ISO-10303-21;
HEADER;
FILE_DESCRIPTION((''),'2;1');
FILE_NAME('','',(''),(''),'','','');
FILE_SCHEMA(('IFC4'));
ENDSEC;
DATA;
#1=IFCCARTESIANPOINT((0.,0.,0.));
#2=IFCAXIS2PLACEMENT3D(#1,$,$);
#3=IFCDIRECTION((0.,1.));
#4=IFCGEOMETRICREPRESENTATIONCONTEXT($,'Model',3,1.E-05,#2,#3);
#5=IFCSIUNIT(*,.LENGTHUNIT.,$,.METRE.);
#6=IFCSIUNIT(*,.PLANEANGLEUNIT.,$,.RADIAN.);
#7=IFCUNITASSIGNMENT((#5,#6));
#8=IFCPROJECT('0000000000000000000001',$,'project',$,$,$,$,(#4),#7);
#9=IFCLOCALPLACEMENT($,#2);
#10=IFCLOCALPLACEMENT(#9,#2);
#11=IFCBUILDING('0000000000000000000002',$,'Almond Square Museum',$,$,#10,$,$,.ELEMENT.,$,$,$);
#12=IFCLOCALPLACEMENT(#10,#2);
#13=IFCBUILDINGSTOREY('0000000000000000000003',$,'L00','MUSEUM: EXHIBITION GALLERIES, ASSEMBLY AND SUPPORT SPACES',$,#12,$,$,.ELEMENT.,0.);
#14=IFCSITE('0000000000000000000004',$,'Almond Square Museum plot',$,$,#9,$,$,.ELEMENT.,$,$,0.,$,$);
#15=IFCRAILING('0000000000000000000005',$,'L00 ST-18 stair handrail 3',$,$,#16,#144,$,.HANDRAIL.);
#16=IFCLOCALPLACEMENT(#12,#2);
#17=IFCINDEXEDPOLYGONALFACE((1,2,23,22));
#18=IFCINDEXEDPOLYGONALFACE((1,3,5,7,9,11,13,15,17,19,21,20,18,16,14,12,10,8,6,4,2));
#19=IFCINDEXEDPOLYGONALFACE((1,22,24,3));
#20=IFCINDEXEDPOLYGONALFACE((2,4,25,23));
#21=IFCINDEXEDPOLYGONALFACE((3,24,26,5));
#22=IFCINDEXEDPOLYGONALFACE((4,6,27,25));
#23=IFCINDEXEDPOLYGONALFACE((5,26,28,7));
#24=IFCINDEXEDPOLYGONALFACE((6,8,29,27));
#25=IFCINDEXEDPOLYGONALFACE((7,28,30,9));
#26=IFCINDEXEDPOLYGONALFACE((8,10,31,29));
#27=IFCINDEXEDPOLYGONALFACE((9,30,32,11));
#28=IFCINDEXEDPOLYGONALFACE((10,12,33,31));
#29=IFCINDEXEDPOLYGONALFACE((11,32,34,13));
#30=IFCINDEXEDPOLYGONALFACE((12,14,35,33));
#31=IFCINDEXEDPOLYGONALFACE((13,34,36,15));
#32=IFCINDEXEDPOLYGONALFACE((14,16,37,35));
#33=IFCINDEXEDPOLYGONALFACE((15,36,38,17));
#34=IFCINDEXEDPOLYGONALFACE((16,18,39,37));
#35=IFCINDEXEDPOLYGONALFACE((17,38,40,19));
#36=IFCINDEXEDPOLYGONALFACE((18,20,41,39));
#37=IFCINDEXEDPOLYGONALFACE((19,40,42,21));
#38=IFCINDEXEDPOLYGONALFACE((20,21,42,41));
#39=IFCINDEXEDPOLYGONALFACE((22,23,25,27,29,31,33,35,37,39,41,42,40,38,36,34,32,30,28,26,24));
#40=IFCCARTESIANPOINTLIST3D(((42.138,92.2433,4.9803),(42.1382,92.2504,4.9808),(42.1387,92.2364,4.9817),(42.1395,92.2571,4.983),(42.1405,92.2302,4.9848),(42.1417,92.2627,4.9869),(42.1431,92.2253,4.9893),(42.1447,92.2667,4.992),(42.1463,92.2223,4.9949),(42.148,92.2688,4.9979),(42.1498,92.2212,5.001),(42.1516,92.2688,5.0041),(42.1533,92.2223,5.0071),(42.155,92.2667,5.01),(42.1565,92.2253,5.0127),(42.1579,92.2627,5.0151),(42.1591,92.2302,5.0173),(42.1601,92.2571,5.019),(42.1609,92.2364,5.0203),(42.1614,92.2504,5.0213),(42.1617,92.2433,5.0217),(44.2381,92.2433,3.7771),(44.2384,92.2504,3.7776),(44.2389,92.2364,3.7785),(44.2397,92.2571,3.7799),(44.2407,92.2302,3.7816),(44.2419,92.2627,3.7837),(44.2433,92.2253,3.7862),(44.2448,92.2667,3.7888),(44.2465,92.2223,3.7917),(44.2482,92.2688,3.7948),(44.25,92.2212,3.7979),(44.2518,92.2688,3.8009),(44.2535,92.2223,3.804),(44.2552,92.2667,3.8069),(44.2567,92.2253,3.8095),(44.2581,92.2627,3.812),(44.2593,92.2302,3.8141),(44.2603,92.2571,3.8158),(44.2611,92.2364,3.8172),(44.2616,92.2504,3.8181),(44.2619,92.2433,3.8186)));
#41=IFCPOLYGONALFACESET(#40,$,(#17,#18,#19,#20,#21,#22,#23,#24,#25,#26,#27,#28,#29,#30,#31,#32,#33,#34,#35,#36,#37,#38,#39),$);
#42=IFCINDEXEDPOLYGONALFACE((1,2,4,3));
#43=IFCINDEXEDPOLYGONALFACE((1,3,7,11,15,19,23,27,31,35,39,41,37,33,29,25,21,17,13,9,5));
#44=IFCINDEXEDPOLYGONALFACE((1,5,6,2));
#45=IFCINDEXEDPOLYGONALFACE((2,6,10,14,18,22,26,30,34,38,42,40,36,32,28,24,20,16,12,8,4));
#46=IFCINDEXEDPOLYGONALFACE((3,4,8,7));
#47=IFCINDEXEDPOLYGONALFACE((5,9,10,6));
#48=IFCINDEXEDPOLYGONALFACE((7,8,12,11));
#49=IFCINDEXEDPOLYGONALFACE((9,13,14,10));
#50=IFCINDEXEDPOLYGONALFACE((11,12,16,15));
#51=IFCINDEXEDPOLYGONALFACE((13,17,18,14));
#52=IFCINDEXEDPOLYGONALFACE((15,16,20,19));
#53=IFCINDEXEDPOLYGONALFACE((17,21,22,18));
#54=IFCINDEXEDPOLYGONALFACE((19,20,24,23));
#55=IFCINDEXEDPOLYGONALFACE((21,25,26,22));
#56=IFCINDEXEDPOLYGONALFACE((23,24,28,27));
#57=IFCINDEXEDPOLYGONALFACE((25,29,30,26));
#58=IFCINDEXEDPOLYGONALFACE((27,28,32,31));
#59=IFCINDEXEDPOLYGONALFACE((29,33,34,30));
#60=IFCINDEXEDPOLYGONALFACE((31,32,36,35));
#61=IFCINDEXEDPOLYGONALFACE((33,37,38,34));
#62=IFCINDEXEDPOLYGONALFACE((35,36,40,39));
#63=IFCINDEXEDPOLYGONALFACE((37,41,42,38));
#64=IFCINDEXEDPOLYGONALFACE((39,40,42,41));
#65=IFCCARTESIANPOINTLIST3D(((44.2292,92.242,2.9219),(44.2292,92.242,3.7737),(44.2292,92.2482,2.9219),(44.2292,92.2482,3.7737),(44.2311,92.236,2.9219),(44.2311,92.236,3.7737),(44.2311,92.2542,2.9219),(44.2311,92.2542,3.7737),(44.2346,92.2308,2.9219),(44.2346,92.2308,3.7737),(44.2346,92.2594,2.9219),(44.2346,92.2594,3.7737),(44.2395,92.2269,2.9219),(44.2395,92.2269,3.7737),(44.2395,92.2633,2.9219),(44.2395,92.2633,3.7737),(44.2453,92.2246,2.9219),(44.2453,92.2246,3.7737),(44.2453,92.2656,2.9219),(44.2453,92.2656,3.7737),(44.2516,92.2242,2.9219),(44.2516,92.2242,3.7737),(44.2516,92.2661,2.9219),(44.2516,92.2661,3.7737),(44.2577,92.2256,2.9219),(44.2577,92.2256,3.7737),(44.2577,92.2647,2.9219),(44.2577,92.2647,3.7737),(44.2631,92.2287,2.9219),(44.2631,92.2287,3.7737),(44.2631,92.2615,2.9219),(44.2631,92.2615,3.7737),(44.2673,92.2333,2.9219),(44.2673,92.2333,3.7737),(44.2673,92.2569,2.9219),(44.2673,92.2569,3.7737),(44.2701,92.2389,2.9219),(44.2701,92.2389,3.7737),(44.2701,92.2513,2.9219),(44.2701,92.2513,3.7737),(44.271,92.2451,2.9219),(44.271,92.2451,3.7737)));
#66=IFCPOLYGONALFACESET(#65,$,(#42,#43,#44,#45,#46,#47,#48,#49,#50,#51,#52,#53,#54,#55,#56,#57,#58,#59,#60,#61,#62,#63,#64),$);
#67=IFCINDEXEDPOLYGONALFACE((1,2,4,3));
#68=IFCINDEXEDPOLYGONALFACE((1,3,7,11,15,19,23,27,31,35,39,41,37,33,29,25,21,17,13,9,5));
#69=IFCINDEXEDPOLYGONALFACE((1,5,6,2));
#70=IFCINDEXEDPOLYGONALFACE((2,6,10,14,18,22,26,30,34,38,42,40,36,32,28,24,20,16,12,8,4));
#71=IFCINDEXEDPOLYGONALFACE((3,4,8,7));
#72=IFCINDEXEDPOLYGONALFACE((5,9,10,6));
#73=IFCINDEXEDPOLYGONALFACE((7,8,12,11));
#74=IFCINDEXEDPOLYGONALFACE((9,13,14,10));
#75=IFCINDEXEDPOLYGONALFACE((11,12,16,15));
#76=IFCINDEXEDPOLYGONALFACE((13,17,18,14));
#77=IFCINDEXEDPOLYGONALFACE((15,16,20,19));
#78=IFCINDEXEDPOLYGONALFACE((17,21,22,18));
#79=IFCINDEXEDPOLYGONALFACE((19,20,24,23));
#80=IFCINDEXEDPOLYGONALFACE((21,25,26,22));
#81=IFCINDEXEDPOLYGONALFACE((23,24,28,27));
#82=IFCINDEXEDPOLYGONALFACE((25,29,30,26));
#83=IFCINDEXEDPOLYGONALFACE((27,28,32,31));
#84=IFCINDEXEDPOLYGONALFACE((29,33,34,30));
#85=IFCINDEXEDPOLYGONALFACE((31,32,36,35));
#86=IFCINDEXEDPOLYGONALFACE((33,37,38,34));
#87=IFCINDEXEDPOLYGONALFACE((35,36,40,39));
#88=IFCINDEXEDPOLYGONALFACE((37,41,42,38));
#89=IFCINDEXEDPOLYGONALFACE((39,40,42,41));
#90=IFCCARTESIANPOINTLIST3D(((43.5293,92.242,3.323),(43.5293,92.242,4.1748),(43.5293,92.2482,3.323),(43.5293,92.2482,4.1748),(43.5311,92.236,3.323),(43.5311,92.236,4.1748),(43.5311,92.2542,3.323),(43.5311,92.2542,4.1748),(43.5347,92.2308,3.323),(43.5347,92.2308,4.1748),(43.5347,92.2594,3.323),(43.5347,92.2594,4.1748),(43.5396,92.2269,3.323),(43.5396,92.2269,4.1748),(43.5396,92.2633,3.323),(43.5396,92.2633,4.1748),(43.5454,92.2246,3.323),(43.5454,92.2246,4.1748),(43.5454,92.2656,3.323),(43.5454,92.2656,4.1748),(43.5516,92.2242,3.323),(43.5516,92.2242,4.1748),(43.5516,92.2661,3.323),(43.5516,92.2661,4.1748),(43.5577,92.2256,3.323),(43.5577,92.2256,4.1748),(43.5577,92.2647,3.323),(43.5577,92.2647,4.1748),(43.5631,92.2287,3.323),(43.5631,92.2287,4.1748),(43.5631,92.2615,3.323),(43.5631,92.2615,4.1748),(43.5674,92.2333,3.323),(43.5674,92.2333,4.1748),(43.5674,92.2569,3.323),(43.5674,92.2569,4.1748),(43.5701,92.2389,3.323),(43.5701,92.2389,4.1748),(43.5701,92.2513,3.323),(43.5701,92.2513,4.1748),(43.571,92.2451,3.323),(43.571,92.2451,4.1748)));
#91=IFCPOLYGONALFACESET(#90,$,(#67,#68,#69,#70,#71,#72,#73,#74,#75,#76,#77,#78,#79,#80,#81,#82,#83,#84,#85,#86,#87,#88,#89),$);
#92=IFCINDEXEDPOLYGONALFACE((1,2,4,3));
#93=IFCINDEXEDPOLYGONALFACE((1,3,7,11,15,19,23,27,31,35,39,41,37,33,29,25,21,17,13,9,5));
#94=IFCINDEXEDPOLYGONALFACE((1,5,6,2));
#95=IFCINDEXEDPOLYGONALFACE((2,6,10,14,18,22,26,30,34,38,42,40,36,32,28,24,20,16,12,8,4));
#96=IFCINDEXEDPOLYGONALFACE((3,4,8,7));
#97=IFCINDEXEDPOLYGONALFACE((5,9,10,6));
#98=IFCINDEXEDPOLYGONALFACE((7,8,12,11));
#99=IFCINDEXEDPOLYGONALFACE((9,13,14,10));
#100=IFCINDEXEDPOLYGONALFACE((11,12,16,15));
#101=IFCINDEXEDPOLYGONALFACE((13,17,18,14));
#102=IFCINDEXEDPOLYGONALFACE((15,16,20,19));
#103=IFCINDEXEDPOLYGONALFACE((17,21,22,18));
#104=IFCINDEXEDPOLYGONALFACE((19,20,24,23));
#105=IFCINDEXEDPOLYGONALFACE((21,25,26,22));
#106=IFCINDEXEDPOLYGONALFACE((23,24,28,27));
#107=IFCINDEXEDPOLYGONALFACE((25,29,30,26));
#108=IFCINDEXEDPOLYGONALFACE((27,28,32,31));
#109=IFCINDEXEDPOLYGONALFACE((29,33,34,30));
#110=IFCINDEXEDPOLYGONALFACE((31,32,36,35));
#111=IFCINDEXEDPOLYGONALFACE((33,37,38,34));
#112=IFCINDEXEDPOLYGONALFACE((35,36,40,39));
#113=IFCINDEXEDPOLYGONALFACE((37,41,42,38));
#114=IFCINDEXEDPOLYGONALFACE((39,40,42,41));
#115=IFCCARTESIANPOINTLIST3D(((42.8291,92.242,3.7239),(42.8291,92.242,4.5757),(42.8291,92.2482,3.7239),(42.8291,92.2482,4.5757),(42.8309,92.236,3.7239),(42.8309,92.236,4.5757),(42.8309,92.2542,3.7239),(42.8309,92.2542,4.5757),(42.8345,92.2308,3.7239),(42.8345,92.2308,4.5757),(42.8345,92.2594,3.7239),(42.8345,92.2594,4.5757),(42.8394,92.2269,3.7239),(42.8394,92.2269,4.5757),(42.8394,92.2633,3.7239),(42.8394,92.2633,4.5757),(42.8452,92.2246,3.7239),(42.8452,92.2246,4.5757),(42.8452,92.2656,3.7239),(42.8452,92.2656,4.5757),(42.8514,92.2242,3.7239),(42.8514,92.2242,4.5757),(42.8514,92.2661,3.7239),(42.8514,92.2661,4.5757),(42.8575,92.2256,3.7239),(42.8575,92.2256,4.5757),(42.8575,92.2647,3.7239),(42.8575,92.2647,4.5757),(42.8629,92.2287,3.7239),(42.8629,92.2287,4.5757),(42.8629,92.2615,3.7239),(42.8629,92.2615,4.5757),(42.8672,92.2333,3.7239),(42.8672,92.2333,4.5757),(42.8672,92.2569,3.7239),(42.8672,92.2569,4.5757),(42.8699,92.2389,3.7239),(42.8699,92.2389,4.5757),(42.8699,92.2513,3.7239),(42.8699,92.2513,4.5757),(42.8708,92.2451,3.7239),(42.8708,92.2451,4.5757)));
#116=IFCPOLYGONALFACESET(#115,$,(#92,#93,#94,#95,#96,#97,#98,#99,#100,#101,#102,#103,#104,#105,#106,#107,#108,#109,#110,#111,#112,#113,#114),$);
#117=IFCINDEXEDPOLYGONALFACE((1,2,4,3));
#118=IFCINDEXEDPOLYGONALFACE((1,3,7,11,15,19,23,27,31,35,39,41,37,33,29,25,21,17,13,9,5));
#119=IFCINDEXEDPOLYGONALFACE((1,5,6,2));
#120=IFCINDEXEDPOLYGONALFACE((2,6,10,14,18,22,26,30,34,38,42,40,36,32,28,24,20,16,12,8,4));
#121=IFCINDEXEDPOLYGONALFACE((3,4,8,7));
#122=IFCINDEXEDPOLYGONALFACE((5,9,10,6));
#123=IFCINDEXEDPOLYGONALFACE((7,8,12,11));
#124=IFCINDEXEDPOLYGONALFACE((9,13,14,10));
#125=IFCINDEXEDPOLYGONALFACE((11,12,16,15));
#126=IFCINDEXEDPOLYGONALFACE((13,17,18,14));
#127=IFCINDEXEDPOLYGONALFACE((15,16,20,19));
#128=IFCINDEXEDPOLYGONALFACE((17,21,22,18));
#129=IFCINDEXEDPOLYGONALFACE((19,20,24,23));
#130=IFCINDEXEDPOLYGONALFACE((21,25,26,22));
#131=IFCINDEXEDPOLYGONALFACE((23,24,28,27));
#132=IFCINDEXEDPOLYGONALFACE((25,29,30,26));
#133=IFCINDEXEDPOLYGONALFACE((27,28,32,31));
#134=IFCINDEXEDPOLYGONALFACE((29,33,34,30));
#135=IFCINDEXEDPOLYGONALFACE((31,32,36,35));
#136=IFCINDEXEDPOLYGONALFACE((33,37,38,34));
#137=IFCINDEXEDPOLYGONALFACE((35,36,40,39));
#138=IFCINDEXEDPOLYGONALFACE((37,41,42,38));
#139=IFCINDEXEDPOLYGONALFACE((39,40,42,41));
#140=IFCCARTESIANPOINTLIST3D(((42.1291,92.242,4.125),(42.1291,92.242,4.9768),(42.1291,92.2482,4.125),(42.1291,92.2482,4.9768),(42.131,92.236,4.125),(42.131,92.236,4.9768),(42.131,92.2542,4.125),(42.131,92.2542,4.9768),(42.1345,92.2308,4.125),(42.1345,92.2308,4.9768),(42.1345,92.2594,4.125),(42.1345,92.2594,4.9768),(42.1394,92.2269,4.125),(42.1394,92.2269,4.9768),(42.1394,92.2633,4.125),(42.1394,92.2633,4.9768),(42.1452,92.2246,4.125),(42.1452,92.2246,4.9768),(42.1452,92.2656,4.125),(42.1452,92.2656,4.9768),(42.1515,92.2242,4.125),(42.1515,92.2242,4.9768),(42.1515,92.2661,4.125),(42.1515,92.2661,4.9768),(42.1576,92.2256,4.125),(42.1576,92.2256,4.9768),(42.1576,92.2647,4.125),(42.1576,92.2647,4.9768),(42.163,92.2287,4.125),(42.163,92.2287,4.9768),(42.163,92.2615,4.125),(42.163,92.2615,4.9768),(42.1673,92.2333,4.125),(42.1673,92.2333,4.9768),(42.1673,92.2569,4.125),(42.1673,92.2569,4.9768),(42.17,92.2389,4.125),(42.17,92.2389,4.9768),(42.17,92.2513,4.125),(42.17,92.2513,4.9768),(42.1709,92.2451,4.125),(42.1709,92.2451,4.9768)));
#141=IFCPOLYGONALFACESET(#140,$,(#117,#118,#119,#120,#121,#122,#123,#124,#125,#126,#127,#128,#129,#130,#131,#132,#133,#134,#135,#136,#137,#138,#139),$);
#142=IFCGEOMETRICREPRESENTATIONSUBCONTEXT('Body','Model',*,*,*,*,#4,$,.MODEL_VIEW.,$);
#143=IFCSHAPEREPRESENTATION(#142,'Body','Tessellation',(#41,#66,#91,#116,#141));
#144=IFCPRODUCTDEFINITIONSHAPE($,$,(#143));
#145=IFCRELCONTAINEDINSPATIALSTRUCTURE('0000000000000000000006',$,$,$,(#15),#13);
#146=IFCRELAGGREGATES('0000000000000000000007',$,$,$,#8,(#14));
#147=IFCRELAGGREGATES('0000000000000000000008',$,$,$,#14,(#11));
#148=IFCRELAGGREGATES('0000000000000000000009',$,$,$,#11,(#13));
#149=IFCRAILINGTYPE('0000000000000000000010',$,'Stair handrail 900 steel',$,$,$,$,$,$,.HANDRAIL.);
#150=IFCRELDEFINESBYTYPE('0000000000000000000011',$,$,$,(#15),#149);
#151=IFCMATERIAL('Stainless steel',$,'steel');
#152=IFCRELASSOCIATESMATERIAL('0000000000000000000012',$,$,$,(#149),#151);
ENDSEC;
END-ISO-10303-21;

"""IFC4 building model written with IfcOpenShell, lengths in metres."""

from ifc_helpers import new_model, si_unit, direction, frame, origin, origin_2d, place, context, subcontext, project, spatial, circle, extrude, material, type_object, element, save


model = new_model("IFC4")

# Units and contexts
model_context = context("Model", 3, precision=1e-05, world=origin(), true_north=direction((0.0, 1.0)))
body_context = subcontext(model_context, "Body", "Model", "MODEL_VIEW")
ifc_project = project(units=[si_unit("LENGTHUNIT", "METRE"), si_unit("PLANEANGLEUNIT", "RADIAN")], contexts=[model_context])

# Site, building, storey
site_placement = place(None, origin())
site = spatial("IfcSite", under=ifc_project, at=site_placement, Name="Almond Square Museum plot", CompositionType="ELEMENT", RefElevation=0.0)
building_placement = place(site_placement, origin())
building = spatial("IfcBuilding", under=site, at=building_placement, Name="Almond Square Museum", CompositionType="ELEMENT")
storey_placement = place(building_placement, origin())
storey = spatial("IfcBuildingStorey", under=building, at=storey_placement, Name="L00", Description="MUSEUM: EXHIBITION GALLERIES, ASSEMBLY AND SUPPORT SPACES", CompositionType="ELEMENT", Elevation=0.0)

# Railing
ifc_material_1 = material(Name="Stainless steel", Category="steel")
railing_type_1 = type_object("IfcRailingType", Name="Stair handrail 900 steel", PredefinedType="HANDRAIL", material=ifc_material_1)
for number, where, name in (
    (1, (44.25, 92.2451, 2.9219), "L00 ST-18 stair handrail 3"),
):
    element("IfcRailing", number, at=place(storey_placement, frame(where)), inside=storey, type_object=railing_type_1, Name=name, PredefinedType="HANDRAIL", context=body_context, shape_type="SweptSolid", body=[
        extrude(circle(Radius=0.0239, at=origin_2d()), frame((0.0, 0.0, 0.876), z_axis=(-0.867696, 0.0, 0.497095), x_axis=(0.0, -1.0, 0.0)), (0.0, 0.0, 1.0), 2.4204),
        extrude(circle(Radius=0.021, at=origin_2d()), origin(), (0.0, 0.0, 1.0), 0.8518),
        extrude(circle(Radius=0.021, at=origin_2d()), frame((-0.7, 0.0, 0.4011)), (0.0, 0.0, 1.0), 0.8518),
        extrude(circle(Radius=0.021, at=origin_2d()), frame((-1.4001, 0.0, 0.802)), (0.0, 0.0, 1.0), 0.8518),
        extrude(circle(Radius=0.021, at=origin_2d()), frame((-2.1001, 0.0, 1.2031)), (0.0, 0.0, 1.0), 0.8518),
    ])

save(model, "model.ifc")
